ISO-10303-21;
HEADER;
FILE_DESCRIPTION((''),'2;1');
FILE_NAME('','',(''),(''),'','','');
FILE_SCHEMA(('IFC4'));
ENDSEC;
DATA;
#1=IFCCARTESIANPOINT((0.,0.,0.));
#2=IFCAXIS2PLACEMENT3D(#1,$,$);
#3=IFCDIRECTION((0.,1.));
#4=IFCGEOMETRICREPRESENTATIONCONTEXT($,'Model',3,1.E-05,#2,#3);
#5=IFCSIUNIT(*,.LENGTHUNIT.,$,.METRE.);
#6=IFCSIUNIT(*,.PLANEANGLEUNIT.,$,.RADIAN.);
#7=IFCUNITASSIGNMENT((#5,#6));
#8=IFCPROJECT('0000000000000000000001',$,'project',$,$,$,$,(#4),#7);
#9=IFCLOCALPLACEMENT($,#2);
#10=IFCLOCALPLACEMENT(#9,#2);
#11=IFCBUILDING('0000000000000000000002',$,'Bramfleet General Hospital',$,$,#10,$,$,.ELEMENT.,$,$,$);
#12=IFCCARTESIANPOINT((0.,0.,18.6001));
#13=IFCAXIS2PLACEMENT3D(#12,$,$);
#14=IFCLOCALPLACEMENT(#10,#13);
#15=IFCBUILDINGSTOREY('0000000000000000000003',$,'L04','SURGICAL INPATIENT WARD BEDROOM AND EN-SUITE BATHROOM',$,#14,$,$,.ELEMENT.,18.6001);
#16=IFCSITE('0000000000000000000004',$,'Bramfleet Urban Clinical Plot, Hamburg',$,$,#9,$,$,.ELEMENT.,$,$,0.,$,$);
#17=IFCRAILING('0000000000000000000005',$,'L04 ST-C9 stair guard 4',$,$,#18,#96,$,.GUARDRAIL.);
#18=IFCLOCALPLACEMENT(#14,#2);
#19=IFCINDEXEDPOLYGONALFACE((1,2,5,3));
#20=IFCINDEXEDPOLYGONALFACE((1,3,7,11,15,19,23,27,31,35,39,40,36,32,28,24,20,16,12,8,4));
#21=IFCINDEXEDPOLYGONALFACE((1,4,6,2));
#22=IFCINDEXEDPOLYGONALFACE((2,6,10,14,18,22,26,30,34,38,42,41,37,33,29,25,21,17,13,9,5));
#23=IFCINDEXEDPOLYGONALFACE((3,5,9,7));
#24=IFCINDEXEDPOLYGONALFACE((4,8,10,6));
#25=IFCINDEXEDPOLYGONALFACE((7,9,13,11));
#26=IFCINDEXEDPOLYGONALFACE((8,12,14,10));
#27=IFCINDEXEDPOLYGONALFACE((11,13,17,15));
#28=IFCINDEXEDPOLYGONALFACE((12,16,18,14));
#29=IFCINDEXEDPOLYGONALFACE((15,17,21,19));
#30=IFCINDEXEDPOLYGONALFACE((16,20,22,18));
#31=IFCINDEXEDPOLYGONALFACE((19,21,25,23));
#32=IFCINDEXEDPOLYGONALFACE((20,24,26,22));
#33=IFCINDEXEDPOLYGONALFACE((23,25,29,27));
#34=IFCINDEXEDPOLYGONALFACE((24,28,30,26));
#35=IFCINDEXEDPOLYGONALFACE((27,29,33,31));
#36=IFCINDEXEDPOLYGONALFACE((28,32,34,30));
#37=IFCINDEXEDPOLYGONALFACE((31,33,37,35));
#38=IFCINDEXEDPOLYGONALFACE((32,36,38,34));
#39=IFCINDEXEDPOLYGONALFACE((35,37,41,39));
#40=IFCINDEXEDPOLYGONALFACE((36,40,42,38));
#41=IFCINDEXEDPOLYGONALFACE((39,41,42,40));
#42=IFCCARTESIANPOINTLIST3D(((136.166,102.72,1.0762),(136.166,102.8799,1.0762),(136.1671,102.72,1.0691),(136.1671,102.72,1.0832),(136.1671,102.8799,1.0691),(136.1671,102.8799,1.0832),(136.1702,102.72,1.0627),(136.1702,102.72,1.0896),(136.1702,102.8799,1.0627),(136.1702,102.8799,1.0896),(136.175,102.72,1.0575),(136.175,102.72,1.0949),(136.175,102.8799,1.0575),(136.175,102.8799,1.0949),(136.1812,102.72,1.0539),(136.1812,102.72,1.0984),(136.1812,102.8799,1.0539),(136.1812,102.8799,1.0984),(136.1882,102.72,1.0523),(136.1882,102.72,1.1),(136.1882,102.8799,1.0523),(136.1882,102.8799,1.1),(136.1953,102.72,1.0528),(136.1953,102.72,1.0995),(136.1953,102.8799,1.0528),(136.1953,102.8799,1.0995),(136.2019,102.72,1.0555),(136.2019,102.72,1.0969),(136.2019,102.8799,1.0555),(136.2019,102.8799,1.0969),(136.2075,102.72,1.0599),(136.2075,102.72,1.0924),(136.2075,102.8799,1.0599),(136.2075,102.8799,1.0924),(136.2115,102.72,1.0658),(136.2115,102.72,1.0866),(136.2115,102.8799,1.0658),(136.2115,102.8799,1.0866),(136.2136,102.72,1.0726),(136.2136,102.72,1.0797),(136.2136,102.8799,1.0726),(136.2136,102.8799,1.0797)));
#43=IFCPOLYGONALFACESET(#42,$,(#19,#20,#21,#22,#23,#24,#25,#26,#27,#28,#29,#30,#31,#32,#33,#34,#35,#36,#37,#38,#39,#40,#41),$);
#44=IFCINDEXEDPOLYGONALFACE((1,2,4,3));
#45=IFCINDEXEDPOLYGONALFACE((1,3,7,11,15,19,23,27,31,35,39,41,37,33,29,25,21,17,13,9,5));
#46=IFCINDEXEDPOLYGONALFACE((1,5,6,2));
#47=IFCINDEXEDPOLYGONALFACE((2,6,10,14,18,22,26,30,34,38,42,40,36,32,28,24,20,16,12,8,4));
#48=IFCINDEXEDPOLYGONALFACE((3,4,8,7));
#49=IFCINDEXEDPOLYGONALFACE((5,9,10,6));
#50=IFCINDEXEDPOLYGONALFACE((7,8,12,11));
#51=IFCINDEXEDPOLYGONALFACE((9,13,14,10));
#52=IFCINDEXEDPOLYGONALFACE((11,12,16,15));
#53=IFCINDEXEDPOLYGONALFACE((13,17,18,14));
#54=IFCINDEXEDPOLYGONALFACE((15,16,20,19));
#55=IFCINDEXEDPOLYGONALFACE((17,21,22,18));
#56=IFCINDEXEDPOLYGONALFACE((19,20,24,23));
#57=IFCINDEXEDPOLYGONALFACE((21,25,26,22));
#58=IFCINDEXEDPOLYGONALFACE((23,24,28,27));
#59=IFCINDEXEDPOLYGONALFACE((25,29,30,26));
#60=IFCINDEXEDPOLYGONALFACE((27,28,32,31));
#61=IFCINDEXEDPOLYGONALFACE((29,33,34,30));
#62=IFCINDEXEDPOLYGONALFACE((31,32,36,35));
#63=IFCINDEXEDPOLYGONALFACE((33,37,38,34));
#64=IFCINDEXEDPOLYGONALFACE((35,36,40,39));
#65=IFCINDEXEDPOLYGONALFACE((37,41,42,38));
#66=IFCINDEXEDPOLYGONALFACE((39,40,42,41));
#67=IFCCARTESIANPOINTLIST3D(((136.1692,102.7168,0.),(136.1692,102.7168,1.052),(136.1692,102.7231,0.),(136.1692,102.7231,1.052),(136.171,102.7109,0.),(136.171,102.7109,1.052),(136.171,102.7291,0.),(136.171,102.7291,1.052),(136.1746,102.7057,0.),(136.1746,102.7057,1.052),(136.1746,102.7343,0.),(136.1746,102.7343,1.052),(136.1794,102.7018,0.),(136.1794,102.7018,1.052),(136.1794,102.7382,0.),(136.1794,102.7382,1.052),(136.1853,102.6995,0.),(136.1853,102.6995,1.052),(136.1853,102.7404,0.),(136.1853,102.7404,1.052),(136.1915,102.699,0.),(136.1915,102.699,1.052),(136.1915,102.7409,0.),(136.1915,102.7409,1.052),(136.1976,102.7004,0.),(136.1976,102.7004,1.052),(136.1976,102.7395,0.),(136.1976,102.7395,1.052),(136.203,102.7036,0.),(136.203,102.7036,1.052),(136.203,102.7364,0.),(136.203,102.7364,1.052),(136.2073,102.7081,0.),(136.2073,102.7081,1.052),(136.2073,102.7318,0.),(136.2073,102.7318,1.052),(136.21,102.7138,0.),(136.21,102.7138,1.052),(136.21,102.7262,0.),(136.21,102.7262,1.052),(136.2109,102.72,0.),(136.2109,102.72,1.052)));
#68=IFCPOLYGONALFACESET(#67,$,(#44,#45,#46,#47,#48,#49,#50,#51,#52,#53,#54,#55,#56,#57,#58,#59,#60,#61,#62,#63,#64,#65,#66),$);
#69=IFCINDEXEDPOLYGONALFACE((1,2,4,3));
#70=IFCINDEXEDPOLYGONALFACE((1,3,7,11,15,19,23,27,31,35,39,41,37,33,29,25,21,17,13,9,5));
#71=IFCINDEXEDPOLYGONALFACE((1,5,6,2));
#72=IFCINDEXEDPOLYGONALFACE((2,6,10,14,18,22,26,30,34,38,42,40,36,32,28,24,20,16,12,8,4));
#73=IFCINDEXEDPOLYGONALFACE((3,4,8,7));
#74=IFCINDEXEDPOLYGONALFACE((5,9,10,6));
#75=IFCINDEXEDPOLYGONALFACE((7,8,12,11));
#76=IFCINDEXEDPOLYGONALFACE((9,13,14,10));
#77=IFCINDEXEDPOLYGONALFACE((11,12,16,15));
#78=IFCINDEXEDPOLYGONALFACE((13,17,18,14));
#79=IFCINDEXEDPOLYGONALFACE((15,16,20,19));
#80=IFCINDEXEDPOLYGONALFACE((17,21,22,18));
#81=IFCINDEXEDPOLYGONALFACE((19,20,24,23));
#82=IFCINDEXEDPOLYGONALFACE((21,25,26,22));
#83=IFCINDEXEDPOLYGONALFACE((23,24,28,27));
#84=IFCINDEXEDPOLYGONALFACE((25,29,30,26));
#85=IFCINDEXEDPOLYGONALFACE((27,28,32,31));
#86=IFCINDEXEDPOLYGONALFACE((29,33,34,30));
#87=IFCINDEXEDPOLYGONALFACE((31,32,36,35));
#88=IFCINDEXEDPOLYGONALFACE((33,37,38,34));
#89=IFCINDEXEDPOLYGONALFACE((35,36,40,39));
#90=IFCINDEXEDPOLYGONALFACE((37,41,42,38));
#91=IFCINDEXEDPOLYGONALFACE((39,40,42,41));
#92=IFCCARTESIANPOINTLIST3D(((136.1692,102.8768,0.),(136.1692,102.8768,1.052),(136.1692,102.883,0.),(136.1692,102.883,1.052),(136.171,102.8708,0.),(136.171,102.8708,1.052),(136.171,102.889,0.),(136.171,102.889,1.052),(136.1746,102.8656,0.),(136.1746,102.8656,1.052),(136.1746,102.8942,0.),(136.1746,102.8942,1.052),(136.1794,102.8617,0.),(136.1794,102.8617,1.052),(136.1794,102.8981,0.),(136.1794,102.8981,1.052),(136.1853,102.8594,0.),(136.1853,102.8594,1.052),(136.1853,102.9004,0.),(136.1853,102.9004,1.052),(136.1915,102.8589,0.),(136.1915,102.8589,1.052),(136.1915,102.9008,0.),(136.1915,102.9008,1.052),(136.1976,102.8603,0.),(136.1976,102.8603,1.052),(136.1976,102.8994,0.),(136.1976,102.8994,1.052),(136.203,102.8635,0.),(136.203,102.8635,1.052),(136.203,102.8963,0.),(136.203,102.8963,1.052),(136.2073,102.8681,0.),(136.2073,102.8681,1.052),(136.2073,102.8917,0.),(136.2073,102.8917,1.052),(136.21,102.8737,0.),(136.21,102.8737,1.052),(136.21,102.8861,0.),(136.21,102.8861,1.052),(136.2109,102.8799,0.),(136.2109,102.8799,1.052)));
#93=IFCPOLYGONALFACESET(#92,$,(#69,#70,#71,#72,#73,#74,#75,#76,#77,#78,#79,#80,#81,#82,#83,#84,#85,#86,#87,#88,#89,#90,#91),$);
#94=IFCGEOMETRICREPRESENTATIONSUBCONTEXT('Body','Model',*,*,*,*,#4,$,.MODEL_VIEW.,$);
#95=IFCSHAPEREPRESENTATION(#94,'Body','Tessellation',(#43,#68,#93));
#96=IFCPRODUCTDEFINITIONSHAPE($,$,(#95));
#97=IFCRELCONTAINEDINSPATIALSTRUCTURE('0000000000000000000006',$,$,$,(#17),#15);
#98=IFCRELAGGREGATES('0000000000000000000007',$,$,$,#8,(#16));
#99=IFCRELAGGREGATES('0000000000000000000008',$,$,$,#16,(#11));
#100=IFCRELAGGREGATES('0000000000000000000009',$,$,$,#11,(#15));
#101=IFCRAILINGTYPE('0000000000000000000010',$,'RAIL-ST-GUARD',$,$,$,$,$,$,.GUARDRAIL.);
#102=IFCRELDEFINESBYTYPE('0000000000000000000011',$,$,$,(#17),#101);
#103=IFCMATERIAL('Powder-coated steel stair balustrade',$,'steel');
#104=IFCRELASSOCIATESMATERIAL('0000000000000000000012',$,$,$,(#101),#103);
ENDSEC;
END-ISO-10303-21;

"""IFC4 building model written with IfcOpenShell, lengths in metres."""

from ifc_helpers import new_model, si_unit, direction, frame, origin, origin_2d, place, context, subcontext, project, spatial, circle, extrude, material, type_object, element, save


model = new_model("IFC4")

# Units and contexts
model_context = context("Model", 3, precision=1e-05, world=origin(), true_north=direction((0.0, 1.0)))
body_context = subcontext(model_context, "Body", "Model", "MODEL_VIEW")
ifc_project = project(units=[si_unit("LENGTHUNIT", "METRE"), si_unit("PLANEANGLEUNIT", "RADIAN")], contexts=[model_context])

# Site, building, storey
site_placement = place(None, origin())
site = spatial("IfcSite", under=ifc_project, at=site_placement, Name="Bramfleet Urban Clinical Plot, Hamburg", CompositionType="ELEMENT", RefElevation=0.0)
building_placement = place(site_placement, origin())
building = spatial("IfcBuilding", under=site, at=building_placement, Name="Bramfleet General Hospital", CompositionType="ELEMENT")
storey_placement = place(building_placement, frame((0.0, 0.0, 18.6001)))
storey = spatial("IfcBuildingStorey", under=building, at=storey_placement, Name="L04", Description="SURGICAL INPATIENT WARD BEDROOM AND EN-SUITE BATHROOM", CompositionType="ELEMENT", Elevation=18.6001)

# Railing
ifc_material_1 = material(Name="Powder-coated steel stair balustrade", Category="steel")
railing_type_1 = type_object("IfcRailingType", Name="RAIL-ST-GUARD", PredefinedType="GUARDRAIL", material=ifc_material_1)
railing_1_placement = place(storey_placement, frame((136.1899, 102.72, 0.0)))
element("IfcRailing", 1, at=railing_1_placement, inside=storey, type_object=railing_type_1, Name="L04 ST-C9 stair guard 4", PredefinedType="GUARDRAIL", context=body_context, shape_type="SweptSolid", body=[
    extrude(circle(Radius=0.0239, at=origin_2d()), frame((0.0, 0.0, 1.0762), z_axis=(0.0, 1.0, 0.0), x_axis=(-1.0, 0.0, 0.0)), (0.0, 0.0, 1.0), 0.1599),
    extrude(circle(Radius=0.021, at=origin_2d()), origin(), (0.0, 0.0, 1.0), 1.052),
    extrude(circle(Radius=0.021, at=origin_2d()), frame((0.0, 0.1599, 0.0)), (0.0, 0.0, 1.0), 1.052),
])

save(model, "model.ifc")
